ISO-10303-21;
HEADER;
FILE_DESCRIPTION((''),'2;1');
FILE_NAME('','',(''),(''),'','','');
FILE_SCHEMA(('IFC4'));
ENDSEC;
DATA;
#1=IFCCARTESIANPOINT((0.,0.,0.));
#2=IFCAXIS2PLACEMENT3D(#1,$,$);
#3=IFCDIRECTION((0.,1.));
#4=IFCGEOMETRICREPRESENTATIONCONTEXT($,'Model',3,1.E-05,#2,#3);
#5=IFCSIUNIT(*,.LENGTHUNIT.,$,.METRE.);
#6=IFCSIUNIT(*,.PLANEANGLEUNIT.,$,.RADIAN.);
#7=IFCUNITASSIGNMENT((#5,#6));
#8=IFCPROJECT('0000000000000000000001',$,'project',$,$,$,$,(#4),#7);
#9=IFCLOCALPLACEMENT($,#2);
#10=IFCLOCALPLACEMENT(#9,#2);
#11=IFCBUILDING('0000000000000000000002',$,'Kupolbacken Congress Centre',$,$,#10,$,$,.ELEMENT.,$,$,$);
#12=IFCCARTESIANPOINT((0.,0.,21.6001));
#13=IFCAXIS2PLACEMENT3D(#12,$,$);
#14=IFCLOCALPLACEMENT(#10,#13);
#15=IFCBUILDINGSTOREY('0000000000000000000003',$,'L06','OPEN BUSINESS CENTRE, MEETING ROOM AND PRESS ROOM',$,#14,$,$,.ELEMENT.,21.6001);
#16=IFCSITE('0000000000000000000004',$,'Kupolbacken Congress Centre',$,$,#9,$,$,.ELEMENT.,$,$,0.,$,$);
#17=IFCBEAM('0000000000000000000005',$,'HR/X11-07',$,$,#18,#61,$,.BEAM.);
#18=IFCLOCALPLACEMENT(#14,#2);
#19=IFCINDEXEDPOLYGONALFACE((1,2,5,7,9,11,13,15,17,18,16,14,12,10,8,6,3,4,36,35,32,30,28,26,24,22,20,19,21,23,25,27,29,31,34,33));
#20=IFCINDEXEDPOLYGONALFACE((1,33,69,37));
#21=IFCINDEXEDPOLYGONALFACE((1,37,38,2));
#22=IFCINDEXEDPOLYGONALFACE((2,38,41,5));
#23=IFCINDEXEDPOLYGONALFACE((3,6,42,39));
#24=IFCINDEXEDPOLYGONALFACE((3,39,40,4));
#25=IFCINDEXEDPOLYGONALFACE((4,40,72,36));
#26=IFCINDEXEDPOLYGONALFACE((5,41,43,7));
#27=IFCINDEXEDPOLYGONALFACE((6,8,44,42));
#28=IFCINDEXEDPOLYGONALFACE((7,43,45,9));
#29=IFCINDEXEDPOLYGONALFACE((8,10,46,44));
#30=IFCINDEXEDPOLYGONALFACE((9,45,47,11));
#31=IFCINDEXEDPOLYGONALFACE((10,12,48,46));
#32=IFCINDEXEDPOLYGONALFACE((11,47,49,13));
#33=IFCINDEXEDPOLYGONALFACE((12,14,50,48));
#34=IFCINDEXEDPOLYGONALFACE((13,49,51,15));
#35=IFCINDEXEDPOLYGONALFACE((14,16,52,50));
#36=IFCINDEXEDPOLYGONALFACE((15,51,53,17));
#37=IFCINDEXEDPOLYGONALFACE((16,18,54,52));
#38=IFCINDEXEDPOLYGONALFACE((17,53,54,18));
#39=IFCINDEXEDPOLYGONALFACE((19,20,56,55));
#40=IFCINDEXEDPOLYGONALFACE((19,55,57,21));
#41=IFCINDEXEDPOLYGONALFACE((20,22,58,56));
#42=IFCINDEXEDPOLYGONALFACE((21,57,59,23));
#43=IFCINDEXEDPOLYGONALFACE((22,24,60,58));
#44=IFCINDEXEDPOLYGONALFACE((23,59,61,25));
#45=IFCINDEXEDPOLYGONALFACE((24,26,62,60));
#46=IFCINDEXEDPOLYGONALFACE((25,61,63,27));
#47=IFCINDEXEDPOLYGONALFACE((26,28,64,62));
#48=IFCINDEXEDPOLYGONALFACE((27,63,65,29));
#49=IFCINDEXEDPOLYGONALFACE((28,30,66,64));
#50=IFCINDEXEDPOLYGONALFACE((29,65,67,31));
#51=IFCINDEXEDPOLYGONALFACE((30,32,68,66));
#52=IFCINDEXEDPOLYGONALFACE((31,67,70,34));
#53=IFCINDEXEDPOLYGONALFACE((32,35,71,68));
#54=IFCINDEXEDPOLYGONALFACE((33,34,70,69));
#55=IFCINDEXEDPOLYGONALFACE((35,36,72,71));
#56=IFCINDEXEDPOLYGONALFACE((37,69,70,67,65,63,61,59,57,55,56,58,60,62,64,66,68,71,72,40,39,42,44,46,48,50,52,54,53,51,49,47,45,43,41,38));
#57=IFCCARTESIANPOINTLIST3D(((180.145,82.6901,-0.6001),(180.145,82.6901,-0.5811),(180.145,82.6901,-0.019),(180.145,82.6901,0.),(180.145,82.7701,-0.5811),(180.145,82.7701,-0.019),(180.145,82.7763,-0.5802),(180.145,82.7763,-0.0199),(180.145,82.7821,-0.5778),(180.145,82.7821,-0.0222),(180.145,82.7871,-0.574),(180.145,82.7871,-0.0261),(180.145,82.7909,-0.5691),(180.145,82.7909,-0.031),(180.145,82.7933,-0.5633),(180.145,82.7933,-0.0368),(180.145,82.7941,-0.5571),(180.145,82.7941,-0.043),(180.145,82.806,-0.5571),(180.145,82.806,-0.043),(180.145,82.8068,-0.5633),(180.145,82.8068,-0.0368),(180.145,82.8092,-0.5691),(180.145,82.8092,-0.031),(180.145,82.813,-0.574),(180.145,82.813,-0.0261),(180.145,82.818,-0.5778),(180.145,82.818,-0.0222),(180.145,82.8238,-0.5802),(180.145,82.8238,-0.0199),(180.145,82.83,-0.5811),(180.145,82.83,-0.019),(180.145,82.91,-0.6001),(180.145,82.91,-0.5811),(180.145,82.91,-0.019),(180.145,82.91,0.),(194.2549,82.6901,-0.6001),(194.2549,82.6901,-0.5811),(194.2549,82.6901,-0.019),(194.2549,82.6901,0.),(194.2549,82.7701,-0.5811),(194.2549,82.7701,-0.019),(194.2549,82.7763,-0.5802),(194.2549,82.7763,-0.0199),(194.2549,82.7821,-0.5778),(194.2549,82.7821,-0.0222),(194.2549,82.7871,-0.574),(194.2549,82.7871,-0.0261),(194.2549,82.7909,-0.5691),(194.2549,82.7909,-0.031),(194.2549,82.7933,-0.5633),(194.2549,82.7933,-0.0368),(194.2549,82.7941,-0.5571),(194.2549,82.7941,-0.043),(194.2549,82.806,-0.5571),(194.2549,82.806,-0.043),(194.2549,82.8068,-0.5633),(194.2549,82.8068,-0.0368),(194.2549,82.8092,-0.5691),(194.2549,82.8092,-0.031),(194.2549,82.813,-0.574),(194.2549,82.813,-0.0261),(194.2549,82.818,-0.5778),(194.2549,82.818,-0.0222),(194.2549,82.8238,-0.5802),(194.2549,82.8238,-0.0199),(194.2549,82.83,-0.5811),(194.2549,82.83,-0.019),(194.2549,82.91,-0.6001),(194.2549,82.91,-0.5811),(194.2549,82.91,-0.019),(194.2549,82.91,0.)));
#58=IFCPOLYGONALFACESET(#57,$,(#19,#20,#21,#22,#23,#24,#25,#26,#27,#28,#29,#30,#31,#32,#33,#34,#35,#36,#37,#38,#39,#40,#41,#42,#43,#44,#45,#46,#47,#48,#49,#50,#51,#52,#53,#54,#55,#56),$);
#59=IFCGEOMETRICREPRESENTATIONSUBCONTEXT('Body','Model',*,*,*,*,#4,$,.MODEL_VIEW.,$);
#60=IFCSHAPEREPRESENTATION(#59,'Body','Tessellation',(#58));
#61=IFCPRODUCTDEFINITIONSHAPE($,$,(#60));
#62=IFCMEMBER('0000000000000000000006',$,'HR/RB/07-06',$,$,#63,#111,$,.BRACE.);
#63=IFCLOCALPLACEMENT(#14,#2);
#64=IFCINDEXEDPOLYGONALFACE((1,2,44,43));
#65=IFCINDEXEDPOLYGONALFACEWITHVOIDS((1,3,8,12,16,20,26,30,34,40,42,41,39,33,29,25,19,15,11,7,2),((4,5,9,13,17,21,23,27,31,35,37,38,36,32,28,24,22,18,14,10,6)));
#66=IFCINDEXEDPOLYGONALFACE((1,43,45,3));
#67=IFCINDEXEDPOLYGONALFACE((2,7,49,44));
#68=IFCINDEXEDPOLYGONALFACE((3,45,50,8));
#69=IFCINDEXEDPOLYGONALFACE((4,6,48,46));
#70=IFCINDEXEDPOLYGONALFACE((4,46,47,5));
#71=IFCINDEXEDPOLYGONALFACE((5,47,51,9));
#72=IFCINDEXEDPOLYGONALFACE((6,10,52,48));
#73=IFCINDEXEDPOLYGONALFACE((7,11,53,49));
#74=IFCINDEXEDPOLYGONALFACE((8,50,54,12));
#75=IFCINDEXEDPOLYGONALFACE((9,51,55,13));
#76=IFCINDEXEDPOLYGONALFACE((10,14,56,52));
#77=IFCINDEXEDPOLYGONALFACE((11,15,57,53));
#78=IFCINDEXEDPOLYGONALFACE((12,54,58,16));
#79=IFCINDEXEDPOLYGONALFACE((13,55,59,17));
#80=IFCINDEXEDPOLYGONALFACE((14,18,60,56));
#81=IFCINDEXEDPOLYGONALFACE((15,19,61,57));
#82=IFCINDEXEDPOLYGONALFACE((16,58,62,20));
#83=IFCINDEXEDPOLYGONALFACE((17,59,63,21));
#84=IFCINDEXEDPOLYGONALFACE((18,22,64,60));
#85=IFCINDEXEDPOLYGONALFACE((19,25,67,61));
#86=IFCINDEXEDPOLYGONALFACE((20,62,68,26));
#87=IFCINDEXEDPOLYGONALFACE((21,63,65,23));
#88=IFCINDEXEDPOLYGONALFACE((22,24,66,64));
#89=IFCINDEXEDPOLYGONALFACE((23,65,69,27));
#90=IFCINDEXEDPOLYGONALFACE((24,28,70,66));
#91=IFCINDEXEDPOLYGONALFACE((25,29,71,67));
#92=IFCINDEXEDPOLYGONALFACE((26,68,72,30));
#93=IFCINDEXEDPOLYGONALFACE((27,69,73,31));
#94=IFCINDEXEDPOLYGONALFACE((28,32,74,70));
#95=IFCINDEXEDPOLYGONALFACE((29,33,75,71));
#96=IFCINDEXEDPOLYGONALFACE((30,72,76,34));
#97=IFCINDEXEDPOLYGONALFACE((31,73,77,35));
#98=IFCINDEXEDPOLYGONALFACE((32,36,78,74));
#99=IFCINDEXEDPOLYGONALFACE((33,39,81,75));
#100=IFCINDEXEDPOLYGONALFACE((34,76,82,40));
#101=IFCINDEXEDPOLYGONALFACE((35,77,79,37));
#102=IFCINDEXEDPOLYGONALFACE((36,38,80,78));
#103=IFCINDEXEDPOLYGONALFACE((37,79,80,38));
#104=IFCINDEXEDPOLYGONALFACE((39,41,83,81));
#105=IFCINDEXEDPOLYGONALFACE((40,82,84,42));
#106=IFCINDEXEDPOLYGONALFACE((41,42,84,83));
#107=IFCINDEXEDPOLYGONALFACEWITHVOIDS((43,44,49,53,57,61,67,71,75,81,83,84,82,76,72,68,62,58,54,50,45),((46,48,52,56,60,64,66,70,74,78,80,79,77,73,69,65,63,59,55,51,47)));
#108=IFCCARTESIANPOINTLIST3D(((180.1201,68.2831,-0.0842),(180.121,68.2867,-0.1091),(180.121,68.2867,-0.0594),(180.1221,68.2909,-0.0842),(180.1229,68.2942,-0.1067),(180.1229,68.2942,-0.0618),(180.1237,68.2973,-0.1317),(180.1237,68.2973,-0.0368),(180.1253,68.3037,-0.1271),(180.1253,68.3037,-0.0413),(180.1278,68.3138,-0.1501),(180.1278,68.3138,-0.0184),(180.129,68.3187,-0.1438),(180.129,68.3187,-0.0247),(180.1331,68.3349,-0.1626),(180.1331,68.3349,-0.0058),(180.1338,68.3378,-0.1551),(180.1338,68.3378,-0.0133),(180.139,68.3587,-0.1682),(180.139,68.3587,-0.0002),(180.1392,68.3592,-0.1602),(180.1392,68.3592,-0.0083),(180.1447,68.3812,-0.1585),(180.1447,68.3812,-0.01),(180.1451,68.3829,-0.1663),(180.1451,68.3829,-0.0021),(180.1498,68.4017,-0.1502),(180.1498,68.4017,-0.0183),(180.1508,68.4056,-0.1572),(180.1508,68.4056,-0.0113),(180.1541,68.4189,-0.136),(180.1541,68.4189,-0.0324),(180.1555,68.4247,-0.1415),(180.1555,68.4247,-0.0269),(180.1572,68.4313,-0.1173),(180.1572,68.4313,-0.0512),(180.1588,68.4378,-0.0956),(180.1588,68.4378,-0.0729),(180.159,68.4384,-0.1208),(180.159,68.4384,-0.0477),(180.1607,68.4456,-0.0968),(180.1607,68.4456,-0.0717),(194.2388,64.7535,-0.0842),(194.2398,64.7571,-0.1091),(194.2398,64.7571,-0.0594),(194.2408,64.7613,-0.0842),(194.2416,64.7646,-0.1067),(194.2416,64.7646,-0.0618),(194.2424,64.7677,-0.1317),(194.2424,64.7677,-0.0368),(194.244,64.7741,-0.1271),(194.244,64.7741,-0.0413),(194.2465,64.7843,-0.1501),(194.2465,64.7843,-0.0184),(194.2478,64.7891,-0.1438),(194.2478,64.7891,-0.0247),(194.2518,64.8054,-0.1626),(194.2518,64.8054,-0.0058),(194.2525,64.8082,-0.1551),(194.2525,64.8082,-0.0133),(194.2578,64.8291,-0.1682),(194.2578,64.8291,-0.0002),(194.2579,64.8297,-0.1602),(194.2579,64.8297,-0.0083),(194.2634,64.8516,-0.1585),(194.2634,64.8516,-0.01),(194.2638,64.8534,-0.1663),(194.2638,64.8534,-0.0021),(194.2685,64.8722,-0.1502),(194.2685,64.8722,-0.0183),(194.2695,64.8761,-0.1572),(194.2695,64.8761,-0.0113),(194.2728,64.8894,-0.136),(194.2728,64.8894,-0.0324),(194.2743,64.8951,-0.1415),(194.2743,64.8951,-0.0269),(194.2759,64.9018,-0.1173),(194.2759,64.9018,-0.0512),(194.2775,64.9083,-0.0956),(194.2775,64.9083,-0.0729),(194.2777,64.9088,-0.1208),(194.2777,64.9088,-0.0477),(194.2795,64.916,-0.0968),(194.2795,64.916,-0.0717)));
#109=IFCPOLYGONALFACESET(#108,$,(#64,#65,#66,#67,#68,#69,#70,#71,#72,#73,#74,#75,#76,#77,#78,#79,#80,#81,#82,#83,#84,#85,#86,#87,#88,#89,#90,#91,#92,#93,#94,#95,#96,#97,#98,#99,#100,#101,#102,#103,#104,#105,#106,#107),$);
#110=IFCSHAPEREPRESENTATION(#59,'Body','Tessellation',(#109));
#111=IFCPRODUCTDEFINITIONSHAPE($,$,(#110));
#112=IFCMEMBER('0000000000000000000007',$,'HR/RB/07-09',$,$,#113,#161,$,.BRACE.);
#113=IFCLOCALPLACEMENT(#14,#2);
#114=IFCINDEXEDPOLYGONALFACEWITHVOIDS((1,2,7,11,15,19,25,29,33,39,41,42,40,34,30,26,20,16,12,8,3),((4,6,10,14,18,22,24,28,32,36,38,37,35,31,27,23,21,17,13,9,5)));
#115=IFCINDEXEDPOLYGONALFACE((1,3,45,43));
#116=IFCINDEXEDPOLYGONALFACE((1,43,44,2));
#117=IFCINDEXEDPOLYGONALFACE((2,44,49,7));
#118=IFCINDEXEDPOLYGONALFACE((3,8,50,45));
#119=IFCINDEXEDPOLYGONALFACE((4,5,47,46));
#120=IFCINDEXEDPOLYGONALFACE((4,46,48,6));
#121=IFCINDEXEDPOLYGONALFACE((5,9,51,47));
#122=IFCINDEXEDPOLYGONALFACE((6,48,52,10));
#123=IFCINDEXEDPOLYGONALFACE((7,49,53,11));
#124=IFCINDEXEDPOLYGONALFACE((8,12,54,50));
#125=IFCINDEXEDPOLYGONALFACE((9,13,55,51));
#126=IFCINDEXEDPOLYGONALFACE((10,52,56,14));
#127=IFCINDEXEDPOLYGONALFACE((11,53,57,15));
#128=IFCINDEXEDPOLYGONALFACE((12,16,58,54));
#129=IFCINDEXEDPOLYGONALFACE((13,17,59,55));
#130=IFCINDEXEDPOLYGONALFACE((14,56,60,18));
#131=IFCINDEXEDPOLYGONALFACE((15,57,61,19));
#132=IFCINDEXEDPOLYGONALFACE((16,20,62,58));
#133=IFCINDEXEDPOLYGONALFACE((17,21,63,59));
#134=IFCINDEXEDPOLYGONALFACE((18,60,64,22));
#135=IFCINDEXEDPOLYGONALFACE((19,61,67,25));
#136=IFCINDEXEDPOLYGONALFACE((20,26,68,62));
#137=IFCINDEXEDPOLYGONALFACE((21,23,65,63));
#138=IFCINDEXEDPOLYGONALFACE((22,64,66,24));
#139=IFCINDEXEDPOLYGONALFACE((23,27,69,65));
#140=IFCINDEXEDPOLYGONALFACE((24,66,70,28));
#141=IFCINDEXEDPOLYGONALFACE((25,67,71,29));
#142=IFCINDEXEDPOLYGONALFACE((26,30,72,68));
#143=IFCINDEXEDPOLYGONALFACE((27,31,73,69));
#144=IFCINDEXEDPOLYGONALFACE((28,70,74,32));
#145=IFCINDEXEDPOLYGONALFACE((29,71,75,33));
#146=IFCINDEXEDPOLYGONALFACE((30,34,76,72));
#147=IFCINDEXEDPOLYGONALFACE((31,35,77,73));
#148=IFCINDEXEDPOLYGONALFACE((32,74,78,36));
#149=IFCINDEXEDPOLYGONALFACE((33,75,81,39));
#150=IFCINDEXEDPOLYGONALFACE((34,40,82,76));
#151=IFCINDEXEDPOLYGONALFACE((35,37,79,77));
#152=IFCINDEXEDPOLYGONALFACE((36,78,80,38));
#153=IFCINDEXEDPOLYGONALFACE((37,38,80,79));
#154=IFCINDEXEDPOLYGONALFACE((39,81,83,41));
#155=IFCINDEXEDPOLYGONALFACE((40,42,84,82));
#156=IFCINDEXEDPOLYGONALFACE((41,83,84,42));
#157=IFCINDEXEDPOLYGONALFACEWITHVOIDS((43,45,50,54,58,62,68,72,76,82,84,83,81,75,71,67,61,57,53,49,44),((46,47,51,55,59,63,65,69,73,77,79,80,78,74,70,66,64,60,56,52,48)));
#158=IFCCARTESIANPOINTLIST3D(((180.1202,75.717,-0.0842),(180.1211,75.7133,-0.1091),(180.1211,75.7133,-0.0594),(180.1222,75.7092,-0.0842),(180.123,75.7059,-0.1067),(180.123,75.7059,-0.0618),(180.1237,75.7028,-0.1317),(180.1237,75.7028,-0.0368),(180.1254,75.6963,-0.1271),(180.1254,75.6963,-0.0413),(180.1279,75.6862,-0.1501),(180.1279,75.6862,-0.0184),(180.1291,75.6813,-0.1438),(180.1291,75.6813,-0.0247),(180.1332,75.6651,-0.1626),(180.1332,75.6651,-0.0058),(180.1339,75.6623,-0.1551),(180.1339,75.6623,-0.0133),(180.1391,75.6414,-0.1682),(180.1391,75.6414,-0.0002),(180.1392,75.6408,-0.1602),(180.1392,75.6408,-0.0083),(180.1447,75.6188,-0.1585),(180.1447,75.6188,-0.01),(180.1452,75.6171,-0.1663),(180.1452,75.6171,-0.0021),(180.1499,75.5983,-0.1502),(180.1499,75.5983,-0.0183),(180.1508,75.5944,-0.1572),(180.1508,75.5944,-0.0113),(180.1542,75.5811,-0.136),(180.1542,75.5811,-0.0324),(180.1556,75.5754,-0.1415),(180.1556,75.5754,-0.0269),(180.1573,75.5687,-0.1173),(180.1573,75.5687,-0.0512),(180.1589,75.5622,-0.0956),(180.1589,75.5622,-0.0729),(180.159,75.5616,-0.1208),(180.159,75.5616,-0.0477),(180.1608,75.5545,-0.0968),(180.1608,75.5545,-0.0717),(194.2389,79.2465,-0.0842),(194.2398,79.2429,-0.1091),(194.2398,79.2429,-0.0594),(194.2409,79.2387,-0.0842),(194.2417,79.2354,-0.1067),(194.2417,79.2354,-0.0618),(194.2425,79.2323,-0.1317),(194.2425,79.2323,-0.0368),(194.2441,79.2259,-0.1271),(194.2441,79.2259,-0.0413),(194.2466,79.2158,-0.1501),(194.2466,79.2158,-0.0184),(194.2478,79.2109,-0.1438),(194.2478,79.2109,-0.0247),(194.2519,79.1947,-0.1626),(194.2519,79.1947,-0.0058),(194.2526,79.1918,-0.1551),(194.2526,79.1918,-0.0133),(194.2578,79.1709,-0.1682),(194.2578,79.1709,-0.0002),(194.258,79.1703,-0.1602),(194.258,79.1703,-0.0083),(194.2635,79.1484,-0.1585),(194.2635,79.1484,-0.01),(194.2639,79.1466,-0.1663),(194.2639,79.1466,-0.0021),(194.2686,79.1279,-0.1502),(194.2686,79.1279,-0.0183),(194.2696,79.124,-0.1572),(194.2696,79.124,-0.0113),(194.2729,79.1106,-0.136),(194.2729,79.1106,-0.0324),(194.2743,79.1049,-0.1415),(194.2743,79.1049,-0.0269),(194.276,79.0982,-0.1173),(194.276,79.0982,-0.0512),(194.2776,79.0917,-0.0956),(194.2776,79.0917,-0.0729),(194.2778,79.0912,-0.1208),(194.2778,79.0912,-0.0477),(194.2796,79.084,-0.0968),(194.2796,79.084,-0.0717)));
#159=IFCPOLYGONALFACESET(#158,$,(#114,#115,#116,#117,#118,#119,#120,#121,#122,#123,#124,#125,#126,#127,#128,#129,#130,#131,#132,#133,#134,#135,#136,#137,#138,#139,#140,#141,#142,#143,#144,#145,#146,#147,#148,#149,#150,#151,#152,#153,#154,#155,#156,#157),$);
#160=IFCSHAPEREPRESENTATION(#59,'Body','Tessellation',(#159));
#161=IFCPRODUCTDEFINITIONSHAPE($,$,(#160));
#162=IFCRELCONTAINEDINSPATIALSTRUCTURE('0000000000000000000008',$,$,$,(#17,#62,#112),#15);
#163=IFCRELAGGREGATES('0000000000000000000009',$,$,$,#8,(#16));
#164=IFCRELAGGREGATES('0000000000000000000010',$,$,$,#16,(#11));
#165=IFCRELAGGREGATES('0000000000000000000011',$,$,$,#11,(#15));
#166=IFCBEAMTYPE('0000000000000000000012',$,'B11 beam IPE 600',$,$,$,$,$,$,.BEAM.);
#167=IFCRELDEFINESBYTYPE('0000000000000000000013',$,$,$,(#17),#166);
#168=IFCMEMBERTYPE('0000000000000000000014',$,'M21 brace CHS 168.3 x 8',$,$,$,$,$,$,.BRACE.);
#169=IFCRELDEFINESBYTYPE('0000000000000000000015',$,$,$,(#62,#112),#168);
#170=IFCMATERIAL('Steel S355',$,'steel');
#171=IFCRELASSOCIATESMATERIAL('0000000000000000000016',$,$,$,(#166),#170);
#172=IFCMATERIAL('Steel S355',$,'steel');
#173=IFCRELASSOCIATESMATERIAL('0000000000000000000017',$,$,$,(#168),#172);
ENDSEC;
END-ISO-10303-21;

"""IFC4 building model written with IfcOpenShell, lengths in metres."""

from ifc_helpers import new_model, si_unit, direction, frame, origin, origin_2d, place, context, subcontext, project, spatial, hollow_circle, i_section, extrude, material, material_profile, profile_set, type_object, element, save


model = new_model("IFC4")

# Units and contexts
model_context = context("Model", 3, precision=1e-05, world=origin(), true_north=direction((0.0, 1.0)))
body_context = subcontext(model_context, "Body", "Model", "MODEL_VIEW")
ifc_project = project(units=[si_unit("LENGTHUNIT", "METRE"), si_unit("PLANEANGLEUNIT", "RADIAN")], contexts=[model_context])

# Site, building, storey
site_placement = place(None, origin())
site = spatial("IfcSite", under=ifc_project, at=site_placement, Name="Kupolbacken Congress Centre", CompositionType="ELEMENT", RefElevation=0.0)
building_placement = place(site_placement, origin())
building = spatial("IfcBuilding", under=site, at=building_placement, Name="Kupolbacken Congress Centre", CompositionType="ELEMENT")
storey_placement = place(building_placement, frame((0.0, 0.0, 21.6001)))
storey = spatial("IfcBuildingStorey", under=building, at=storey_placement, Name="L06", Description="OPEN BUSINESS CENTRE, MEETING ROOM AND PRESS ROOM", CompositionType="ELEMENT", Elevation=21.6001)

# Beam
ifc_material_1 = material(Name="Steel S355", Category="steel")
ifc_material_profile_1 = material_profile(ifc_material_1, i_section(OverallWidth=0.22, OverallDepth=0.6001, WebThickness=0.012, FlangeThickness=0.019, FilletRadius=0.0239, at=origin_2d()), Name="IPE 600")
ifc_profile_set_1 = profile_set([ifc_material_profile_1], Name="Steel S355")
beam_type_1 = type_object("IfcBeamType", Name="B11 beam IPE 600", PredefinedType="BEAM", material=ifc_profile_set_1)
for number, where, z_axis, x_axis, name in (
    (1, (180.145, 82.8, -0.3), (1.0, 0.0, 0.0), (0.0, 1.0, 0.0), "HR/X11-07"),
):
    element("IfcBeam", number, at=place(storey_placement, frame(where, z_axis=z_axis, x_axis=x_axis)), inside=storey, type_object=beam_type_1, Name=name, PredefinedType="BEAM", context=body_context, shape_type="SweptSolid", body=[
        extrude(i_section(OverallWidth=0.22, OverallDepth=0.6001, WebThickness=0.012, FlangeThickness=0.019, FilletRadius=0.0239, at=origin_2d()), origin(), (0.0, 0.0, 1.0), 14.1099),
    ])

# Members
ifc_material_2 = material(Name="Steel S355", Category="steel")
ifc_material_profile_2 = material_profile(ifc_material_2, hollow_circle(Radius=0.0842, WallThickness=0.0081, at=origin_2d()), Name="CHS 168.3 x 8")
ifc_profile_set_2 = profile_set([ifc_material_profile_2], Name="Steel S355")
member_type = type_object("IfcMemberType", Name="M21 brace CHS 168.3 x 8", PredefinedType="BRACE", material=ifc_profile_set_2)
for number, where, z_axis, x_axis, name in (
    (2, (194.2593, 64.8352, -0.0842), (-0.970144, 0.242528, 0.0), (-0.242528, -0.970144, 0.0), "HR/RB/07-06"),
    (3, (180.1406, 75.6353, -0.0842), (0.970144, 0.242528, 0.0), (-0.242528, 0.970144, 0.0), "HR/RB/07-09"),
):
    element("IfcMember", number, at=place(storey_placement, frame(where, z_axis=z_axis, x_axis=x_axis)), inside=storey, type_object=member_type, Name=name, PredefinedType="BRACE", context=body_context, shape_type="SweptSolid", body=[
        extrude(hollow_circle(Radius=0.0842, WallThickness=0.0081, at=origin_2d()), origin(), (0.0, 0.0, 1.0), 14.5532),
    ])

save(model, "model.ifc")
